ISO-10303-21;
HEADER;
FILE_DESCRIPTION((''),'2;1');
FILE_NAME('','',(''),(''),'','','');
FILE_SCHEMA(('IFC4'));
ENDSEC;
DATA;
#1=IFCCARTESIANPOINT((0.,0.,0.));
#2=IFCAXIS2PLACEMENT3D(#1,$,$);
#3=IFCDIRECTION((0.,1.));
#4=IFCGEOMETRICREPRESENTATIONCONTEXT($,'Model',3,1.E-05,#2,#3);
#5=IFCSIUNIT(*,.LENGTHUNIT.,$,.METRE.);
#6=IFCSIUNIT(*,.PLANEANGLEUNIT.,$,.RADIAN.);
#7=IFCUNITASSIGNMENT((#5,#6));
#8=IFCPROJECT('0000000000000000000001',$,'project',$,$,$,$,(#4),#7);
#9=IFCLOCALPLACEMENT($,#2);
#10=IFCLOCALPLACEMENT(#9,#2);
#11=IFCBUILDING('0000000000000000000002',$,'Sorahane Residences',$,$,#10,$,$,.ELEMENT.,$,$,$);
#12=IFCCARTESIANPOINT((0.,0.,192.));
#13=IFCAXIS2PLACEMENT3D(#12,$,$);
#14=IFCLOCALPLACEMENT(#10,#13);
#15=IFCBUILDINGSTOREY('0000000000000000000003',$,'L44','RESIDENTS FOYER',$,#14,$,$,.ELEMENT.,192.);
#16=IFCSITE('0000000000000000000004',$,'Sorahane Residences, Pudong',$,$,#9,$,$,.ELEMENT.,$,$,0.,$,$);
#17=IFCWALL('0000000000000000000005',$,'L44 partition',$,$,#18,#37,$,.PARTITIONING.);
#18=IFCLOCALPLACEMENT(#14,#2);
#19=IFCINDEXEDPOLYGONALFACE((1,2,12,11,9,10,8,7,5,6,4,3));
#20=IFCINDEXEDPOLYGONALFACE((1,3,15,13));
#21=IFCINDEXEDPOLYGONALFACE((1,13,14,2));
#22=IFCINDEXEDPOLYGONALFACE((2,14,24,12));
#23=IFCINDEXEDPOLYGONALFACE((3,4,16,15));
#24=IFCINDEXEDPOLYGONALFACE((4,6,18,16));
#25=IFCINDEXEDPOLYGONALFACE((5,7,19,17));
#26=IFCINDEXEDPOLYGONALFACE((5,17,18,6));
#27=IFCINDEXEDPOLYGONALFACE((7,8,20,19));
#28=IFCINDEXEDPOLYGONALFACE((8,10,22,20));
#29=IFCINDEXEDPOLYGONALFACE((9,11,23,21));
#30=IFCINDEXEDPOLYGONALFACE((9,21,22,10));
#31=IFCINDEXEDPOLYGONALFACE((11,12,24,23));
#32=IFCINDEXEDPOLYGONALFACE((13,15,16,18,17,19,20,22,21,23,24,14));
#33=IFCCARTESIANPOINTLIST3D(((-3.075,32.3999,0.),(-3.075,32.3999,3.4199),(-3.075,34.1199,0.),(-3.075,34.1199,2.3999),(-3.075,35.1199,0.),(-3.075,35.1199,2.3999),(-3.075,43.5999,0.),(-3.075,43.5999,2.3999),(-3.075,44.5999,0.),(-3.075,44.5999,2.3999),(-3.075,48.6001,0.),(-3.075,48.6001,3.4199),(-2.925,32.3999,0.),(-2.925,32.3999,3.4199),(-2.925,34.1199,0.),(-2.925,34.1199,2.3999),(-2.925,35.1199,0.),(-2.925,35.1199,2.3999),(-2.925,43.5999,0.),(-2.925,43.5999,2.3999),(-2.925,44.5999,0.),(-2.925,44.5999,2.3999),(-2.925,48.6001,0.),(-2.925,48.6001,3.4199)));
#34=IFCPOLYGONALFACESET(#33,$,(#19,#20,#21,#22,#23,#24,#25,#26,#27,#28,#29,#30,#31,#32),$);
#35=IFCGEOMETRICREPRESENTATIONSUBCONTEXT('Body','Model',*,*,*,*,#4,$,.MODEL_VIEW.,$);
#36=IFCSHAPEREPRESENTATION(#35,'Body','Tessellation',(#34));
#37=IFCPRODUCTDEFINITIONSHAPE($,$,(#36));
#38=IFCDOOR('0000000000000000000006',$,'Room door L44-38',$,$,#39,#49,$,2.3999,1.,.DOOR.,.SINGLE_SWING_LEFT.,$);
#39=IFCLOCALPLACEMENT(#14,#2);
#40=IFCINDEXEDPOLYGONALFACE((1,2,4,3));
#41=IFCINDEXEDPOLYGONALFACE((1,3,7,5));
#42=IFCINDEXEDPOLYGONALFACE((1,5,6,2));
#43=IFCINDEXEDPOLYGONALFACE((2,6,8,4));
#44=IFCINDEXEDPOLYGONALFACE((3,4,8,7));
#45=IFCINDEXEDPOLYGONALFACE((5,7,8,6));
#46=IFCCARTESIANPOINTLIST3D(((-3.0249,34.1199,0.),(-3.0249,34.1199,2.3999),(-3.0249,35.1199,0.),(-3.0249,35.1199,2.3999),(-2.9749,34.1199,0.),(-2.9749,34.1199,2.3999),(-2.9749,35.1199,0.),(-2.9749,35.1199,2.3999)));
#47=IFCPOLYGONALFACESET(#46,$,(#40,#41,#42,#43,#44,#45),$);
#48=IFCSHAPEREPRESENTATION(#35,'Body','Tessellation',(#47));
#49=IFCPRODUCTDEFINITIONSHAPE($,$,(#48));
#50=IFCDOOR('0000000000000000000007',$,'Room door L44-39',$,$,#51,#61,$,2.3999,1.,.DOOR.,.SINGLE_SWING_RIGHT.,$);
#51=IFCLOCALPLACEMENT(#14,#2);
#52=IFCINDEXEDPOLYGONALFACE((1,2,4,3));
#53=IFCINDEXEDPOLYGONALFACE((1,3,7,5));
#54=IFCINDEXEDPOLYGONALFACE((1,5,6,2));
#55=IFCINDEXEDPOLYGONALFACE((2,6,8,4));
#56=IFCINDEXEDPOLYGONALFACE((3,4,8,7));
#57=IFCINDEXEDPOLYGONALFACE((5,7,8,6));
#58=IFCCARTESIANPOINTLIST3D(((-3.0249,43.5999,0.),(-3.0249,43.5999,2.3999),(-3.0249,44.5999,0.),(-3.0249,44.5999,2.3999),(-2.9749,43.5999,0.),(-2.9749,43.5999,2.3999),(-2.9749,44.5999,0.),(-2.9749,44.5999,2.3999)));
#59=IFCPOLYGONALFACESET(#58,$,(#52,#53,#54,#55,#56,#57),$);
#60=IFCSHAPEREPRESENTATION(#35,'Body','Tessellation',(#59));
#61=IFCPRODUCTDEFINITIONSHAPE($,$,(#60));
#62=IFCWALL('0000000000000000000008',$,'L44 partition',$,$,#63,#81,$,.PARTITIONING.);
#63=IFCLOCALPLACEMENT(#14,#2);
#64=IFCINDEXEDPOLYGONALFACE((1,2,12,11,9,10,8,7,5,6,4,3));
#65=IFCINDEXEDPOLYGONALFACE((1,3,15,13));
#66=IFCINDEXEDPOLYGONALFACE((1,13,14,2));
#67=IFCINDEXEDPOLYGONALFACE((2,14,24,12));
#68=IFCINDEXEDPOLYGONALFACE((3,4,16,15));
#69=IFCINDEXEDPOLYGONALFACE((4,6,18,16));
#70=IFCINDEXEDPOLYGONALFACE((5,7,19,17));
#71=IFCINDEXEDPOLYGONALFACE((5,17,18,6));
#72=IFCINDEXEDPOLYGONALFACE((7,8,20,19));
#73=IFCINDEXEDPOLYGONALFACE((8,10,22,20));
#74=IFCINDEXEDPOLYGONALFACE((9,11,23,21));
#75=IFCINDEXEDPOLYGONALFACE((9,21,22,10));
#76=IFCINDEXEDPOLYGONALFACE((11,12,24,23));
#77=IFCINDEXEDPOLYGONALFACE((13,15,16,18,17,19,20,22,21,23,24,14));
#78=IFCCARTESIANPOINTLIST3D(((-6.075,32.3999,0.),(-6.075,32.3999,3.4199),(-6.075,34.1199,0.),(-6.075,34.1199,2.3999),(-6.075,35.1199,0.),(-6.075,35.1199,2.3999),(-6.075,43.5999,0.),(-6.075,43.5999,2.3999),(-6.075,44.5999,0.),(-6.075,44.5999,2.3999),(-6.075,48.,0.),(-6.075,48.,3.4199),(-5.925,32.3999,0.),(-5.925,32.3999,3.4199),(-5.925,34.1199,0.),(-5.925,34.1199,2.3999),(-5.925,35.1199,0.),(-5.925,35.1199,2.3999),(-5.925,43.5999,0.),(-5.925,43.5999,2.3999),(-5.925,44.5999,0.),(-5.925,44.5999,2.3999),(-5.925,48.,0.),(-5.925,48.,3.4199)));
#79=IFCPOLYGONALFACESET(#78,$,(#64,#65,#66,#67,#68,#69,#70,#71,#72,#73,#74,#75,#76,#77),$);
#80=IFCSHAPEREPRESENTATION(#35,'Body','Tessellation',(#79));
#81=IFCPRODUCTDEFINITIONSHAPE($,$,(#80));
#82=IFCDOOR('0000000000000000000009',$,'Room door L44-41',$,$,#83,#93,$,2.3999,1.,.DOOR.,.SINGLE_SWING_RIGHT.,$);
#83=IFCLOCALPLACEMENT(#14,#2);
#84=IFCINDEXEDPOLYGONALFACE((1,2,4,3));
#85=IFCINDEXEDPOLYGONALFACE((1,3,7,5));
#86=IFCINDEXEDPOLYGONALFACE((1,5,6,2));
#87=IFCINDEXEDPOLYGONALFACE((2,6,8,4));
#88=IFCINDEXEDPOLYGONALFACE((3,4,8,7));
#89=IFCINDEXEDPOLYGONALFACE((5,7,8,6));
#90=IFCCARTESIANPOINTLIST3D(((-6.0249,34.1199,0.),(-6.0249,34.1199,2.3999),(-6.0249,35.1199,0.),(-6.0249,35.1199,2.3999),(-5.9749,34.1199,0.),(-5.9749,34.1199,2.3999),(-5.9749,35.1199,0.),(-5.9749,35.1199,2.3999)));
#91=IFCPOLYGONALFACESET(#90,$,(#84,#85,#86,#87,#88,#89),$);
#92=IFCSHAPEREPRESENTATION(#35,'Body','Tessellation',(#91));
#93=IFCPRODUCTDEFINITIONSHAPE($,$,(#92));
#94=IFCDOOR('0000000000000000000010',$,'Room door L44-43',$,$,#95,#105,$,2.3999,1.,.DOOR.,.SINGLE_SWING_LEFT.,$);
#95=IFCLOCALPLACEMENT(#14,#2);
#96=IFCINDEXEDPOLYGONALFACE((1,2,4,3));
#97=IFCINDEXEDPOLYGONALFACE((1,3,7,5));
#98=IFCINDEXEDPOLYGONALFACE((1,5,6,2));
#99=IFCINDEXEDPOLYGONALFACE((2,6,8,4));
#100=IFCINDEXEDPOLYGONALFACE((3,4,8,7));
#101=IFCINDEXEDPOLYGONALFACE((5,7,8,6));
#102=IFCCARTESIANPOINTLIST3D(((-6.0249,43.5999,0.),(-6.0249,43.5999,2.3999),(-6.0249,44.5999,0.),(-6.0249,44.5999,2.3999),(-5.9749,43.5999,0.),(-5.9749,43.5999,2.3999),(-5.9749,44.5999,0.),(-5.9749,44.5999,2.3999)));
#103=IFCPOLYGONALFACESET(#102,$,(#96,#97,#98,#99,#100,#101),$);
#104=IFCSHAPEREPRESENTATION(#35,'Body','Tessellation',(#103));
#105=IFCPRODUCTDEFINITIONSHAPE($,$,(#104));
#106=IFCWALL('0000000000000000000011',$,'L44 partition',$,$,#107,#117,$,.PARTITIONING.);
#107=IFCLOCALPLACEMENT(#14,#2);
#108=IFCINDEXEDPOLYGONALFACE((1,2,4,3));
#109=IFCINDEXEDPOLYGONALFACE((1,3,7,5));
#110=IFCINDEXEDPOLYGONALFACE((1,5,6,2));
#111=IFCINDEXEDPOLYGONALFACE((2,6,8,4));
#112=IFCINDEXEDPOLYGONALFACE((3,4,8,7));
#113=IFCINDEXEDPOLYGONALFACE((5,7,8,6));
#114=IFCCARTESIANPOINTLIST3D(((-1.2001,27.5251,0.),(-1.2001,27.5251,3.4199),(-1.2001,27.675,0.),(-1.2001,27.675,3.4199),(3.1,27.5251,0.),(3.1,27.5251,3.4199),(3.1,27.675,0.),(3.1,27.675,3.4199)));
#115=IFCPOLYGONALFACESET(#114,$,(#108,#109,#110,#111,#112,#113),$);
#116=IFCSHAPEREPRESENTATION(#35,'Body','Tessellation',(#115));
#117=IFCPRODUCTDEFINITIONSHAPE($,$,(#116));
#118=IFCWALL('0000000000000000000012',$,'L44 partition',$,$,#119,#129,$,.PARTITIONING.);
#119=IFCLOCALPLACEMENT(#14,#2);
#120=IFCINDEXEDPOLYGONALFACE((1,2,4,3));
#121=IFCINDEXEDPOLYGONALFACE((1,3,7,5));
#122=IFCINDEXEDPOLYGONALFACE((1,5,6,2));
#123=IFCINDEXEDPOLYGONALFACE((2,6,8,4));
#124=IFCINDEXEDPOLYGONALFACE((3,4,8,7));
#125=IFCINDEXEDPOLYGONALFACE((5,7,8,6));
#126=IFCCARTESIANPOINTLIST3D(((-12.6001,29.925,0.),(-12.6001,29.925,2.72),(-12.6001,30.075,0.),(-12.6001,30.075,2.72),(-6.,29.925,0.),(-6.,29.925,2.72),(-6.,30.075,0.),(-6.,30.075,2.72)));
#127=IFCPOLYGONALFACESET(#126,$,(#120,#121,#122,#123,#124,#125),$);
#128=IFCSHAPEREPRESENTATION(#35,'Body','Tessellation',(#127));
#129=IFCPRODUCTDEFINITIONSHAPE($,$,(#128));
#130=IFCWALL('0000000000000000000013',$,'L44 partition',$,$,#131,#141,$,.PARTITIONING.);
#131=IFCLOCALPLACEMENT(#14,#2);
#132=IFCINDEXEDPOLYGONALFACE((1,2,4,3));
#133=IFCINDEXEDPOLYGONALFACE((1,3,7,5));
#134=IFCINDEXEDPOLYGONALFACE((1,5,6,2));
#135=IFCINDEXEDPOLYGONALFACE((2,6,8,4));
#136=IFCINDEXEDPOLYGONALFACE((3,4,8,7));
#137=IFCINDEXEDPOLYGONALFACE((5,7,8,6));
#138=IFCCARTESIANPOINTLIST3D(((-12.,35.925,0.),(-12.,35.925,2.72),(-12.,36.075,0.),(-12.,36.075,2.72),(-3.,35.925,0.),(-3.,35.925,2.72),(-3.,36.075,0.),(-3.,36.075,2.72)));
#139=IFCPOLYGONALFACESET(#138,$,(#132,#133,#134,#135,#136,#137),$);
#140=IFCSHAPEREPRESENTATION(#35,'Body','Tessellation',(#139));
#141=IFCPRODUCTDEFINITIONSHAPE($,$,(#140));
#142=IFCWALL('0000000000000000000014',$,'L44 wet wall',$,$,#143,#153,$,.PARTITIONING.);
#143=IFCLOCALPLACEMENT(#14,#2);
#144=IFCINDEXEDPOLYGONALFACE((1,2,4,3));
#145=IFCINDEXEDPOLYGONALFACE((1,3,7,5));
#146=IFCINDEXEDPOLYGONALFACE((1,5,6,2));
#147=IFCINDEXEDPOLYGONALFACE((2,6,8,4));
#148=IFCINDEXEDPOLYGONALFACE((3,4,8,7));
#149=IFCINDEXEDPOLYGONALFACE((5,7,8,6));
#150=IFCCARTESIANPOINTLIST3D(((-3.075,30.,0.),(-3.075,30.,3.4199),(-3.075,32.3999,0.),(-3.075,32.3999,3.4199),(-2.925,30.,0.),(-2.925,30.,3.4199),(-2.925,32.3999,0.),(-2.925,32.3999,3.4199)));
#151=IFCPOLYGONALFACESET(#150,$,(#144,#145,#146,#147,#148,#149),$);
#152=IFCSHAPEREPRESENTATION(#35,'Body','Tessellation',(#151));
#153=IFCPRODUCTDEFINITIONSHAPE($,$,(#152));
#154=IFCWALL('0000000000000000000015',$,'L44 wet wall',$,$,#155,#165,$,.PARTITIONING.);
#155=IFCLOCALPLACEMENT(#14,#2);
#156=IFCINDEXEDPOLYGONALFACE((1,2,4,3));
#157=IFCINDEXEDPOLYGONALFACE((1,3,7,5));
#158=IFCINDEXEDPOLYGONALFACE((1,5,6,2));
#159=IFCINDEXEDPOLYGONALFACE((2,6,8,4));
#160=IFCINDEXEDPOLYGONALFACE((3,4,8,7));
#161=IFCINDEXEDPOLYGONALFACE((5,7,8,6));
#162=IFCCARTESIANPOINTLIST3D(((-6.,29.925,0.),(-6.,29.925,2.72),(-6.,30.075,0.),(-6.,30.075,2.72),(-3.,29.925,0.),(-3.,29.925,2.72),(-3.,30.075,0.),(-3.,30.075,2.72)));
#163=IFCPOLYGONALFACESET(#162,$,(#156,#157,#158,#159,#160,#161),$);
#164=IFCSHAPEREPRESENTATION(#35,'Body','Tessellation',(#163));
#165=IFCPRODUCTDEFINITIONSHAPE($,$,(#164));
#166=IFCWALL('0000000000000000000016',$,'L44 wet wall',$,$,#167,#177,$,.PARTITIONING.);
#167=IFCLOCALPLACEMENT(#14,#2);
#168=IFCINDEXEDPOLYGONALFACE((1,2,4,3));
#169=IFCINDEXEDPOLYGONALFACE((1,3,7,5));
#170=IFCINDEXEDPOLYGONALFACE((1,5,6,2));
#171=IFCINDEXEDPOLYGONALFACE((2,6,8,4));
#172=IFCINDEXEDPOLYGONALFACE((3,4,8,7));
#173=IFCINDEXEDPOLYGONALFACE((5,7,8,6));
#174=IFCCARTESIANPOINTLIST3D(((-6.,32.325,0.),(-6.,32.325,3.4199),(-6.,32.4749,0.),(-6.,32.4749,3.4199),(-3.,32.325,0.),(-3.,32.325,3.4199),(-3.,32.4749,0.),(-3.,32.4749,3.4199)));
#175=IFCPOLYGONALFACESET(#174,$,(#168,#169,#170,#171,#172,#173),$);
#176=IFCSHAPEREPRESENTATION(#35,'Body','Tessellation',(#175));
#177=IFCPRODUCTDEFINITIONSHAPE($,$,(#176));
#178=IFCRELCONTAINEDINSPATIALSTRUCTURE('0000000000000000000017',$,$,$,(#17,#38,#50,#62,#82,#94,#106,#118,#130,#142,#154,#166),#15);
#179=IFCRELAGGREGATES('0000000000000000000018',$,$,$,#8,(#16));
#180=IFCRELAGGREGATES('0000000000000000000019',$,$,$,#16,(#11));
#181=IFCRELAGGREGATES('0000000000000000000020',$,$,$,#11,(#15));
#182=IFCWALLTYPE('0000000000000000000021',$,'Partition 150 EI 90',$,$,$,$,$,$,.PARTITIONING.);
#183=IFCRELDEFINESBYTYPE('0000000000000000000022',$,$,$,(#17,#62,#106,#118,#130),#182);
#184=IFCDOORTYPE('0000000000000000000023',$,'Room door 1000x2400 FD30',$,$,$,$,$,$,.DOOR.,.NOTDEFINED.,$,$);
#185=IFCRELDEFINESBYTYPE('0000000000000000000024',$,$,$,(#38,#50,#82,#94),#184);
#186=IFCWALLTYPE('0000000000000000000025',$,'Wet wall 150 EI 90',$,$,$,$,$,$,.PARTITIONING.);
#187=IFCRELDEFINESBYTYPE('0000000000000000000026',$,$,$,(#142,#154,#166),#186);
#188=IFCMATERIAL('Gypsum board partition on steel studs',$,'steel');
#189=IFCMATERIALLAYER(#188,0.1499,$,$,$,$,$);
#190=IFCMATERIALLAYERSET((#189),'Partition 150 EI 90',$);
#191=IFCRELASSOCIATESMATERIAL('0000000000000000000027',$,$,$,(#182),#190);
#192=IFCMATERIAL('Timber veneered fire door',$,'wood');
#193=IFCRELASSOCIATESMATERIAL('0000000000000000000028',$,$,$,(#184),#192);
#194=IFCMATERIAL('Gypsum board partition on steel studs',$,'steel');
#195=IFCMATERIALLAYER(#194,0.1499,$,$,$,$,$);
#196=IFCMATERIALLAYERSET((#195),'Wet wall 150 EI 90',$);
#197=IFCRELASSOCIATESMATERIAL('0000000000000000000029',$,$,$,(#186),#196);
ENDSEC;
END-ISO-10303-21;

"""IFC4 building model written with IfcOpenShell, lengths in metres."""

from ifc_helpers import new_model, si_unit, direction, frame, frame_2d, origin, place, context, subcontext, project, spatial, rectangle, extrude, material, layer, layer_set, type_object, element, fill, save


model = new_model("IFC4")

# Units and contexts
model_context = context("Model", 3, precision=1e-05, world=origin(), true_north=direction((0.0, 1.0)))
body_context = subcontext(model_context, "Body", "Model", "MODEL_VIEW")
ifc_project = project(units=[si_unit("LENGTHUNIT", "METRE"), si_unit("PLANEANGLEUNIT", "RADIAN")], contexts=[model_context])

# Site, building, storey
site_placement = place(None, origin())
site = spatial("IfcSite", under=ifc_project, at=site_placement, Name="Sorahane Residences, Pudong", CompositionType="ELEMENT", RefElevation=0.0)
building_placement = place(site_placement, origin())
building = spatial("IfcBuilding", under=site, at=building_placement, Name="Sorahane Residences", CompositionType="ELEMENT")
storey_placement = place(building_placement, frame((0.0, 0.0, 192.0)))
storey = spatial("IfcBuildingStorey", under=building, at=storey_placement, Name="L44", Description="RESIDENTS FOYER", CompositionType="ELEMENT", Elevation=192.0)

# Walls, openings, doors
ifc_material_1 = material(Name="Gypsum board partition on steel studs", Category="steel")
ifc_layer_1 = layer(ifc_material_1, 0.1499)
ifc_layer_set_1 = layer_set([ifc_layer_1], Name="Partition 150 EI 90")
wall_type_1 = type_object("IfcWallType", Name="Partition 150 EI 90", PredefinedType="PARTITIONING", material=ifc_layer_set_1)
wall_1_placement = place(storey_placement, frame((-3.0, 32.3999, 0.0), z_axis=(0.0, 0.0, 1.0), x_axis=(0.0, 1.0, 0.0)))
wall_1 = element("IfcWall", 1, at=wall_1_placement, inside=storey, type_object=wall_type_1, Name="L44 partition", PredefinedType="PARTITIONING", context=body_context, shape_type="SweptSolid", body=[
    extrude(rectangle(XDim=16.2002, YDim=0.1499, at=frame_2d((8.1001, 0.0))), origin(), (0.0, 0.0, 1.0), 3.4199),
])
opening_1_placement = place(wall_1_placement, frame((1.72, 0.0, 0.0)))
opening_1 = element("IfcOpeningElement", 2, at=opening_1_placement, cuts=wall_1, PredefinedType="OPENING", context=body_context, shape_type="SweptSolid", body=[
    extrude(rectangle(XDim=1.0, YDim=2.3999, at=frame_2d((0.5, 1.2))), frame((0.0, 0.085, 0.0), z_axis=(0.0, -1.0, 0.0), x_axis=(1.0, 0.0, 0.0)), (0.0, 0.0, 1.0), 0.1699),
])
opening_2_placement = place(wall_1_placement, frame((11.2, 0.0, 0.0)))
opening_2 = element("IfcOpeningElement", 3, at=opening_2_placement, cuts=wall_1, PredefinedType="OPENING", context=body_context, shape_type="SweptSolid", body=[
    extrude(rectangle(XDim=1.0, YDim=2.3999, at=frame_2d((0.5, 1.2))), frame((0.0, 0.085, 0.0), z_axis=(0.0, -1.0, 0.0), x_axis=(1.0, 0.0, 0.0)), (0.0, 0.0, 1.0), 0.1699),
])
ifc_material_2 = material(Name="Timber veneered fire door", Category="wood")
door_type_1 = type_object("IfcDoorType", Name="Room door 1000x2400 FD30", OperationType="NOTDEFINED", PredefinedType="DOOR", material=ifc_material_2)
door_1_placement = place(opening_1_placement, origin())
door_1 = element("IfcDoor", 4, at=door_1_placement, inside=storey, type_object=door_type_1, Name="Room door L44-38", OperationType="SINGLE_SWING_LEFT", OverallHeight=2.3999, OverallWidth=1.0, PredefinedType="DOOR", context=body_context, shape_type="SweptSolid", body=[
    extrude(rectangle(XDim=1.0, YDim=2.3999, at=frame_2d((0.5, 1.2))), frame((0.0, 0.0249, 0.0), z_axis=(0.0, -1.0, 0.0), x_axis=(1.0, 0.0, 0.0)), (0.0, 0.0, 1.0), 0.05),
])
fill(opening_1, door_1)
door_2_placement = place(opening_2_placement, origin())
door_2 = element("IfcDoor", 5, at=door_2_placement, inside=storey, type_object=door_type_1, Name="Room door L44-39", OperationType="SINGLE_SWING_RIGHT", OverallHeight=2.3999, OverallWidth=1.0, PredefinedType="DOOR", context=body_context, shape_type="SweptSolid", body=[
    extrude(rectangle(XDim=1.0, YDim=2.3999, at=frame_2d((0.5, 1.2))), frame((0.0, 0.0249, 0.0), z_axis=(0.0, -1.0, 0.0), x_axis=(1.0, 0.0, 0.0)), (0.0, 0.0, 1.0), 0.05),
])
fill(opening_2, door_2)
wall_2_placement = place(storey_placement, frame((-6.0, 32.3999, 0.0), z_axis=(0.0, 0.0, 1.0), x_axis=(0.0, 1.0, 0.0)))
wall_2 = element("IfcWall", 6, at=wall_2_placement, inside=storey, type_object=wall_type_1, Name="L44 partition", PredefinedType="PARTITIONING", context=body_context, shape_type="SweptSolid", body=[
    extrude(rectangle(XDim=15.6001, YDim=0.1499, at=frame_2d((7.8, 0.0))), origin(), (0.0, 0.0, 1.0), 3.4199),
])
opening_3_placement = place(wall_2_placement, frame((1.72, 0.0, 0.0)))
opening_3 = element("IfcOpeningElement", 7, at=opening_3_placement, cuts=wall_2, PredefinedType="OPENING", context=body_context, shape_type="SweptSolid", body=[
    extrude(rectangle(XDim=1.0, YDim=2.3999, at=frame_2d((0.5, 1.2))), frame((0.0, 0.085, 0.0), z_axis=(0.0, -1.0, 0.0), x_axis=(1.0, 0.0, 0.0)), (0.0, 0.0, 1.0), 0.1699),
])
opening_4_placement = place(wall_2_placement, frame((11.2, 0.0, 0.0)))
opening_4 = element("IfcOpeningElement", 8, at=opening_4_placement, cuts=wall_2, PredefinedType="OPENING", context=body_context, shape_type="SweptSolid", body=[
    extrude(rectangle(XDim=1.0, YDim=2.3999, at=frame_2d((0.5, 1.2))), frame((0.0, 0.085, 0.0), z_axis=(0.0, -1.0, 0.0), x_axis=(1.0, 0.0, 0.0)), (0.0, 0.0, 1.0), 0.1699),
])
door_3_placement = place(opening_3_placement, origin())
door_3 = element("IfcDoor", 9, at=door_3_placement, inside=storey, type_object=door_type_1, Name="Room door L44-41", OperationType="SINGLE_SWING_RIGHT", OverallHeight=2.3999, OverallWidth=1.0, PredefinedType="DOOR", context=body_context, shape_type="SweptSolid", body=[
    extrude(rectangle(XDim=1.0, YDim=2.3999, at=frame_2d((0.5, 1.2))), frame((0.0, 0.0249, 0.0), z_axis=(0.0, -1.0, 0.0), x_axis=(1.0, 0.0, 0.0)), (0.0, 0.0, 1.0), 0.05),
])
fill(opening_3, door_3)
door_4_placement = place(opening_4_placement, origin())
door_4 = element("IfcDoor", 10, at=door_4_placement, inside=storey, type_object=door_type_1, Name="Room door L44-43", OperationType="SINGLE_SWING_LEFT", OverallHeight=2.3999, OverallWidth=1.0, PredefinedType="DOOR", context=body_context, shape_type="SweptSolid", body=[
    extrude(rectangle(XDim=1.0, YDim=2.3999, at=frame_2d((0.5, 1.2))), frame((0.0, 0.0249, 0.0), z_axis=(0.0, -1.0, 0.0), x_axis=(1.0, 0.0, 0.0)), (0.0, 0.0, 1.0), 0.05),
])
fill(opening_4, door_4)

# Walls
wall_3_placement = place(storey_placement, frame((-1.2, 27.6001, 0.0), z_axis=(0.0, 0.0, 1.0), x_axis=(1.0, 0.0, 0.0)))
element("IfcWall", 11, at=wall_3_placement, inside=storey, type_object=wall_type_1, Name="L44 partition", PredefinedType="PARTITIONING", context=body_context, shape_type="SweptSolid", body=[
    extrude(rectangle(XDim=4.3, YDim=0.1499, at=frame_2d((2.1499, 0.0))), origin(), (0.0, 0.0, 1.0), 3.4199),
])
wall_4_placement = place(storey_placement, frame((-12.6001, 30.0, 0.0), z_axis=(0.0, 0.0, 1.0), x_axis=(1.0, 0.0, 0.0)))
element("IfcWall", 12, at=wall_4_placement, inside=storey, type_object=wall_type_1, Name="L44 partition", PredefinedType="PARTITIONING", context=body_context, shape_type="SweptSolid", body=[
    extrude(rectangle(XDim=6.6001, YDim=0.1499, at=frame_2d((3.3, 0.0))), origin(), (0.0, 0.0, 1.0), 2.72),
])
wall_5_placement = place(storey_placement, frame((-12.0, 36.0, 0.0), z_axis=(0.0, 0.0, 1.0), x_axis=(1.0, 0.0, 0.0)))
element("IfcWall", 13, at=wall_5_placement, inside=storey, type_object=wall_type_1, Name="L44 partition", PredefinedType="PARTITIONING", context=body_context, shape_type="SweptSolid", body=[
    extrude(rectangle(XDim=9.0, YDim=0.1499, at=frame_2d((4.5, 0.0))), origin(), (0.0, 0.0, 1.0), 2.72),
])
ifc_material_3 = material(Name="Gypsum board partition on steel studs", Category="steel")
ifc_layer_2 = layer(ifc_material_3, 0.1499)
ifc_layer_set_2 = layer_set([ifc_layer_2], Name="Wet wall 150 EI 90")
wall_type_2 = type_object("IfcWallType", Name="Wet wall 150 EI 90", PredefinedType="PARTITIONING", material=ifc_layer_set_2)
wall_6_placement = place(storey_placement, frame((-3.0, 30.0, 0.0), z_axis=(0.0, 0.0, 1.0), x_axis=(0.0, 1.0, 0.0)))
element("IfcWall", 14, at=wall_6_placement, inside=storey, type_object=wall_type_2, Name="L44 wet wall", PredefinedType="PARTITIONING", context=body_context, shape_type="SweptSolid", body=[
    extrude(rectangle(XDim=2.3999, YDim=0.1499, at=frame_2d((1.2, 0.0))), origin(), (0.0, 0.0, 1.0), 3.4199),
])

# Walls
wall_7_placement = place(storey_placement, frame((-6.0, 30.0, 0.0), z_axis=(0.0, 0.0, 1.0), x_axis=(1.0, 0.0, 0.0)))
element("IfcWall", 15, at=wall_7_placement, inside=storey, type_object=wall_type_2, Name="L44 wet wall", PredefinedType="PARTITIONING", context=body_context, shape_type="SweptSolid", body=[
    extrude(rectangle(XDim=3.0, YDim=0.1499, at=frame_2d((1.5, 0.0))), origin(), (0.0, 0.0, 1.0), 2.72),
])
wall_8_placement = place(storey_placement, frame((-6.0, 32.3999, 0.0), z_axis=(0.0, 0.0, 1.0), x_axis=(1.0, 0.0, 0.0)))
element("IfcWall", 16, at=wall_8_placement, inside=storey, type_object=wall_type_2, Name="L44 wet wall", PredefinedType="PARTITIONING", context=body_context, shape_type="SweptSolid", body=[
    extrude(rectangle(XDim=3.0, YDim=0.1499, at=frame_2d((1.5, 0.0))), origin(), (0.0, 0.0, 1.0), 3.4199),
])

save(model, "model.ifc")
